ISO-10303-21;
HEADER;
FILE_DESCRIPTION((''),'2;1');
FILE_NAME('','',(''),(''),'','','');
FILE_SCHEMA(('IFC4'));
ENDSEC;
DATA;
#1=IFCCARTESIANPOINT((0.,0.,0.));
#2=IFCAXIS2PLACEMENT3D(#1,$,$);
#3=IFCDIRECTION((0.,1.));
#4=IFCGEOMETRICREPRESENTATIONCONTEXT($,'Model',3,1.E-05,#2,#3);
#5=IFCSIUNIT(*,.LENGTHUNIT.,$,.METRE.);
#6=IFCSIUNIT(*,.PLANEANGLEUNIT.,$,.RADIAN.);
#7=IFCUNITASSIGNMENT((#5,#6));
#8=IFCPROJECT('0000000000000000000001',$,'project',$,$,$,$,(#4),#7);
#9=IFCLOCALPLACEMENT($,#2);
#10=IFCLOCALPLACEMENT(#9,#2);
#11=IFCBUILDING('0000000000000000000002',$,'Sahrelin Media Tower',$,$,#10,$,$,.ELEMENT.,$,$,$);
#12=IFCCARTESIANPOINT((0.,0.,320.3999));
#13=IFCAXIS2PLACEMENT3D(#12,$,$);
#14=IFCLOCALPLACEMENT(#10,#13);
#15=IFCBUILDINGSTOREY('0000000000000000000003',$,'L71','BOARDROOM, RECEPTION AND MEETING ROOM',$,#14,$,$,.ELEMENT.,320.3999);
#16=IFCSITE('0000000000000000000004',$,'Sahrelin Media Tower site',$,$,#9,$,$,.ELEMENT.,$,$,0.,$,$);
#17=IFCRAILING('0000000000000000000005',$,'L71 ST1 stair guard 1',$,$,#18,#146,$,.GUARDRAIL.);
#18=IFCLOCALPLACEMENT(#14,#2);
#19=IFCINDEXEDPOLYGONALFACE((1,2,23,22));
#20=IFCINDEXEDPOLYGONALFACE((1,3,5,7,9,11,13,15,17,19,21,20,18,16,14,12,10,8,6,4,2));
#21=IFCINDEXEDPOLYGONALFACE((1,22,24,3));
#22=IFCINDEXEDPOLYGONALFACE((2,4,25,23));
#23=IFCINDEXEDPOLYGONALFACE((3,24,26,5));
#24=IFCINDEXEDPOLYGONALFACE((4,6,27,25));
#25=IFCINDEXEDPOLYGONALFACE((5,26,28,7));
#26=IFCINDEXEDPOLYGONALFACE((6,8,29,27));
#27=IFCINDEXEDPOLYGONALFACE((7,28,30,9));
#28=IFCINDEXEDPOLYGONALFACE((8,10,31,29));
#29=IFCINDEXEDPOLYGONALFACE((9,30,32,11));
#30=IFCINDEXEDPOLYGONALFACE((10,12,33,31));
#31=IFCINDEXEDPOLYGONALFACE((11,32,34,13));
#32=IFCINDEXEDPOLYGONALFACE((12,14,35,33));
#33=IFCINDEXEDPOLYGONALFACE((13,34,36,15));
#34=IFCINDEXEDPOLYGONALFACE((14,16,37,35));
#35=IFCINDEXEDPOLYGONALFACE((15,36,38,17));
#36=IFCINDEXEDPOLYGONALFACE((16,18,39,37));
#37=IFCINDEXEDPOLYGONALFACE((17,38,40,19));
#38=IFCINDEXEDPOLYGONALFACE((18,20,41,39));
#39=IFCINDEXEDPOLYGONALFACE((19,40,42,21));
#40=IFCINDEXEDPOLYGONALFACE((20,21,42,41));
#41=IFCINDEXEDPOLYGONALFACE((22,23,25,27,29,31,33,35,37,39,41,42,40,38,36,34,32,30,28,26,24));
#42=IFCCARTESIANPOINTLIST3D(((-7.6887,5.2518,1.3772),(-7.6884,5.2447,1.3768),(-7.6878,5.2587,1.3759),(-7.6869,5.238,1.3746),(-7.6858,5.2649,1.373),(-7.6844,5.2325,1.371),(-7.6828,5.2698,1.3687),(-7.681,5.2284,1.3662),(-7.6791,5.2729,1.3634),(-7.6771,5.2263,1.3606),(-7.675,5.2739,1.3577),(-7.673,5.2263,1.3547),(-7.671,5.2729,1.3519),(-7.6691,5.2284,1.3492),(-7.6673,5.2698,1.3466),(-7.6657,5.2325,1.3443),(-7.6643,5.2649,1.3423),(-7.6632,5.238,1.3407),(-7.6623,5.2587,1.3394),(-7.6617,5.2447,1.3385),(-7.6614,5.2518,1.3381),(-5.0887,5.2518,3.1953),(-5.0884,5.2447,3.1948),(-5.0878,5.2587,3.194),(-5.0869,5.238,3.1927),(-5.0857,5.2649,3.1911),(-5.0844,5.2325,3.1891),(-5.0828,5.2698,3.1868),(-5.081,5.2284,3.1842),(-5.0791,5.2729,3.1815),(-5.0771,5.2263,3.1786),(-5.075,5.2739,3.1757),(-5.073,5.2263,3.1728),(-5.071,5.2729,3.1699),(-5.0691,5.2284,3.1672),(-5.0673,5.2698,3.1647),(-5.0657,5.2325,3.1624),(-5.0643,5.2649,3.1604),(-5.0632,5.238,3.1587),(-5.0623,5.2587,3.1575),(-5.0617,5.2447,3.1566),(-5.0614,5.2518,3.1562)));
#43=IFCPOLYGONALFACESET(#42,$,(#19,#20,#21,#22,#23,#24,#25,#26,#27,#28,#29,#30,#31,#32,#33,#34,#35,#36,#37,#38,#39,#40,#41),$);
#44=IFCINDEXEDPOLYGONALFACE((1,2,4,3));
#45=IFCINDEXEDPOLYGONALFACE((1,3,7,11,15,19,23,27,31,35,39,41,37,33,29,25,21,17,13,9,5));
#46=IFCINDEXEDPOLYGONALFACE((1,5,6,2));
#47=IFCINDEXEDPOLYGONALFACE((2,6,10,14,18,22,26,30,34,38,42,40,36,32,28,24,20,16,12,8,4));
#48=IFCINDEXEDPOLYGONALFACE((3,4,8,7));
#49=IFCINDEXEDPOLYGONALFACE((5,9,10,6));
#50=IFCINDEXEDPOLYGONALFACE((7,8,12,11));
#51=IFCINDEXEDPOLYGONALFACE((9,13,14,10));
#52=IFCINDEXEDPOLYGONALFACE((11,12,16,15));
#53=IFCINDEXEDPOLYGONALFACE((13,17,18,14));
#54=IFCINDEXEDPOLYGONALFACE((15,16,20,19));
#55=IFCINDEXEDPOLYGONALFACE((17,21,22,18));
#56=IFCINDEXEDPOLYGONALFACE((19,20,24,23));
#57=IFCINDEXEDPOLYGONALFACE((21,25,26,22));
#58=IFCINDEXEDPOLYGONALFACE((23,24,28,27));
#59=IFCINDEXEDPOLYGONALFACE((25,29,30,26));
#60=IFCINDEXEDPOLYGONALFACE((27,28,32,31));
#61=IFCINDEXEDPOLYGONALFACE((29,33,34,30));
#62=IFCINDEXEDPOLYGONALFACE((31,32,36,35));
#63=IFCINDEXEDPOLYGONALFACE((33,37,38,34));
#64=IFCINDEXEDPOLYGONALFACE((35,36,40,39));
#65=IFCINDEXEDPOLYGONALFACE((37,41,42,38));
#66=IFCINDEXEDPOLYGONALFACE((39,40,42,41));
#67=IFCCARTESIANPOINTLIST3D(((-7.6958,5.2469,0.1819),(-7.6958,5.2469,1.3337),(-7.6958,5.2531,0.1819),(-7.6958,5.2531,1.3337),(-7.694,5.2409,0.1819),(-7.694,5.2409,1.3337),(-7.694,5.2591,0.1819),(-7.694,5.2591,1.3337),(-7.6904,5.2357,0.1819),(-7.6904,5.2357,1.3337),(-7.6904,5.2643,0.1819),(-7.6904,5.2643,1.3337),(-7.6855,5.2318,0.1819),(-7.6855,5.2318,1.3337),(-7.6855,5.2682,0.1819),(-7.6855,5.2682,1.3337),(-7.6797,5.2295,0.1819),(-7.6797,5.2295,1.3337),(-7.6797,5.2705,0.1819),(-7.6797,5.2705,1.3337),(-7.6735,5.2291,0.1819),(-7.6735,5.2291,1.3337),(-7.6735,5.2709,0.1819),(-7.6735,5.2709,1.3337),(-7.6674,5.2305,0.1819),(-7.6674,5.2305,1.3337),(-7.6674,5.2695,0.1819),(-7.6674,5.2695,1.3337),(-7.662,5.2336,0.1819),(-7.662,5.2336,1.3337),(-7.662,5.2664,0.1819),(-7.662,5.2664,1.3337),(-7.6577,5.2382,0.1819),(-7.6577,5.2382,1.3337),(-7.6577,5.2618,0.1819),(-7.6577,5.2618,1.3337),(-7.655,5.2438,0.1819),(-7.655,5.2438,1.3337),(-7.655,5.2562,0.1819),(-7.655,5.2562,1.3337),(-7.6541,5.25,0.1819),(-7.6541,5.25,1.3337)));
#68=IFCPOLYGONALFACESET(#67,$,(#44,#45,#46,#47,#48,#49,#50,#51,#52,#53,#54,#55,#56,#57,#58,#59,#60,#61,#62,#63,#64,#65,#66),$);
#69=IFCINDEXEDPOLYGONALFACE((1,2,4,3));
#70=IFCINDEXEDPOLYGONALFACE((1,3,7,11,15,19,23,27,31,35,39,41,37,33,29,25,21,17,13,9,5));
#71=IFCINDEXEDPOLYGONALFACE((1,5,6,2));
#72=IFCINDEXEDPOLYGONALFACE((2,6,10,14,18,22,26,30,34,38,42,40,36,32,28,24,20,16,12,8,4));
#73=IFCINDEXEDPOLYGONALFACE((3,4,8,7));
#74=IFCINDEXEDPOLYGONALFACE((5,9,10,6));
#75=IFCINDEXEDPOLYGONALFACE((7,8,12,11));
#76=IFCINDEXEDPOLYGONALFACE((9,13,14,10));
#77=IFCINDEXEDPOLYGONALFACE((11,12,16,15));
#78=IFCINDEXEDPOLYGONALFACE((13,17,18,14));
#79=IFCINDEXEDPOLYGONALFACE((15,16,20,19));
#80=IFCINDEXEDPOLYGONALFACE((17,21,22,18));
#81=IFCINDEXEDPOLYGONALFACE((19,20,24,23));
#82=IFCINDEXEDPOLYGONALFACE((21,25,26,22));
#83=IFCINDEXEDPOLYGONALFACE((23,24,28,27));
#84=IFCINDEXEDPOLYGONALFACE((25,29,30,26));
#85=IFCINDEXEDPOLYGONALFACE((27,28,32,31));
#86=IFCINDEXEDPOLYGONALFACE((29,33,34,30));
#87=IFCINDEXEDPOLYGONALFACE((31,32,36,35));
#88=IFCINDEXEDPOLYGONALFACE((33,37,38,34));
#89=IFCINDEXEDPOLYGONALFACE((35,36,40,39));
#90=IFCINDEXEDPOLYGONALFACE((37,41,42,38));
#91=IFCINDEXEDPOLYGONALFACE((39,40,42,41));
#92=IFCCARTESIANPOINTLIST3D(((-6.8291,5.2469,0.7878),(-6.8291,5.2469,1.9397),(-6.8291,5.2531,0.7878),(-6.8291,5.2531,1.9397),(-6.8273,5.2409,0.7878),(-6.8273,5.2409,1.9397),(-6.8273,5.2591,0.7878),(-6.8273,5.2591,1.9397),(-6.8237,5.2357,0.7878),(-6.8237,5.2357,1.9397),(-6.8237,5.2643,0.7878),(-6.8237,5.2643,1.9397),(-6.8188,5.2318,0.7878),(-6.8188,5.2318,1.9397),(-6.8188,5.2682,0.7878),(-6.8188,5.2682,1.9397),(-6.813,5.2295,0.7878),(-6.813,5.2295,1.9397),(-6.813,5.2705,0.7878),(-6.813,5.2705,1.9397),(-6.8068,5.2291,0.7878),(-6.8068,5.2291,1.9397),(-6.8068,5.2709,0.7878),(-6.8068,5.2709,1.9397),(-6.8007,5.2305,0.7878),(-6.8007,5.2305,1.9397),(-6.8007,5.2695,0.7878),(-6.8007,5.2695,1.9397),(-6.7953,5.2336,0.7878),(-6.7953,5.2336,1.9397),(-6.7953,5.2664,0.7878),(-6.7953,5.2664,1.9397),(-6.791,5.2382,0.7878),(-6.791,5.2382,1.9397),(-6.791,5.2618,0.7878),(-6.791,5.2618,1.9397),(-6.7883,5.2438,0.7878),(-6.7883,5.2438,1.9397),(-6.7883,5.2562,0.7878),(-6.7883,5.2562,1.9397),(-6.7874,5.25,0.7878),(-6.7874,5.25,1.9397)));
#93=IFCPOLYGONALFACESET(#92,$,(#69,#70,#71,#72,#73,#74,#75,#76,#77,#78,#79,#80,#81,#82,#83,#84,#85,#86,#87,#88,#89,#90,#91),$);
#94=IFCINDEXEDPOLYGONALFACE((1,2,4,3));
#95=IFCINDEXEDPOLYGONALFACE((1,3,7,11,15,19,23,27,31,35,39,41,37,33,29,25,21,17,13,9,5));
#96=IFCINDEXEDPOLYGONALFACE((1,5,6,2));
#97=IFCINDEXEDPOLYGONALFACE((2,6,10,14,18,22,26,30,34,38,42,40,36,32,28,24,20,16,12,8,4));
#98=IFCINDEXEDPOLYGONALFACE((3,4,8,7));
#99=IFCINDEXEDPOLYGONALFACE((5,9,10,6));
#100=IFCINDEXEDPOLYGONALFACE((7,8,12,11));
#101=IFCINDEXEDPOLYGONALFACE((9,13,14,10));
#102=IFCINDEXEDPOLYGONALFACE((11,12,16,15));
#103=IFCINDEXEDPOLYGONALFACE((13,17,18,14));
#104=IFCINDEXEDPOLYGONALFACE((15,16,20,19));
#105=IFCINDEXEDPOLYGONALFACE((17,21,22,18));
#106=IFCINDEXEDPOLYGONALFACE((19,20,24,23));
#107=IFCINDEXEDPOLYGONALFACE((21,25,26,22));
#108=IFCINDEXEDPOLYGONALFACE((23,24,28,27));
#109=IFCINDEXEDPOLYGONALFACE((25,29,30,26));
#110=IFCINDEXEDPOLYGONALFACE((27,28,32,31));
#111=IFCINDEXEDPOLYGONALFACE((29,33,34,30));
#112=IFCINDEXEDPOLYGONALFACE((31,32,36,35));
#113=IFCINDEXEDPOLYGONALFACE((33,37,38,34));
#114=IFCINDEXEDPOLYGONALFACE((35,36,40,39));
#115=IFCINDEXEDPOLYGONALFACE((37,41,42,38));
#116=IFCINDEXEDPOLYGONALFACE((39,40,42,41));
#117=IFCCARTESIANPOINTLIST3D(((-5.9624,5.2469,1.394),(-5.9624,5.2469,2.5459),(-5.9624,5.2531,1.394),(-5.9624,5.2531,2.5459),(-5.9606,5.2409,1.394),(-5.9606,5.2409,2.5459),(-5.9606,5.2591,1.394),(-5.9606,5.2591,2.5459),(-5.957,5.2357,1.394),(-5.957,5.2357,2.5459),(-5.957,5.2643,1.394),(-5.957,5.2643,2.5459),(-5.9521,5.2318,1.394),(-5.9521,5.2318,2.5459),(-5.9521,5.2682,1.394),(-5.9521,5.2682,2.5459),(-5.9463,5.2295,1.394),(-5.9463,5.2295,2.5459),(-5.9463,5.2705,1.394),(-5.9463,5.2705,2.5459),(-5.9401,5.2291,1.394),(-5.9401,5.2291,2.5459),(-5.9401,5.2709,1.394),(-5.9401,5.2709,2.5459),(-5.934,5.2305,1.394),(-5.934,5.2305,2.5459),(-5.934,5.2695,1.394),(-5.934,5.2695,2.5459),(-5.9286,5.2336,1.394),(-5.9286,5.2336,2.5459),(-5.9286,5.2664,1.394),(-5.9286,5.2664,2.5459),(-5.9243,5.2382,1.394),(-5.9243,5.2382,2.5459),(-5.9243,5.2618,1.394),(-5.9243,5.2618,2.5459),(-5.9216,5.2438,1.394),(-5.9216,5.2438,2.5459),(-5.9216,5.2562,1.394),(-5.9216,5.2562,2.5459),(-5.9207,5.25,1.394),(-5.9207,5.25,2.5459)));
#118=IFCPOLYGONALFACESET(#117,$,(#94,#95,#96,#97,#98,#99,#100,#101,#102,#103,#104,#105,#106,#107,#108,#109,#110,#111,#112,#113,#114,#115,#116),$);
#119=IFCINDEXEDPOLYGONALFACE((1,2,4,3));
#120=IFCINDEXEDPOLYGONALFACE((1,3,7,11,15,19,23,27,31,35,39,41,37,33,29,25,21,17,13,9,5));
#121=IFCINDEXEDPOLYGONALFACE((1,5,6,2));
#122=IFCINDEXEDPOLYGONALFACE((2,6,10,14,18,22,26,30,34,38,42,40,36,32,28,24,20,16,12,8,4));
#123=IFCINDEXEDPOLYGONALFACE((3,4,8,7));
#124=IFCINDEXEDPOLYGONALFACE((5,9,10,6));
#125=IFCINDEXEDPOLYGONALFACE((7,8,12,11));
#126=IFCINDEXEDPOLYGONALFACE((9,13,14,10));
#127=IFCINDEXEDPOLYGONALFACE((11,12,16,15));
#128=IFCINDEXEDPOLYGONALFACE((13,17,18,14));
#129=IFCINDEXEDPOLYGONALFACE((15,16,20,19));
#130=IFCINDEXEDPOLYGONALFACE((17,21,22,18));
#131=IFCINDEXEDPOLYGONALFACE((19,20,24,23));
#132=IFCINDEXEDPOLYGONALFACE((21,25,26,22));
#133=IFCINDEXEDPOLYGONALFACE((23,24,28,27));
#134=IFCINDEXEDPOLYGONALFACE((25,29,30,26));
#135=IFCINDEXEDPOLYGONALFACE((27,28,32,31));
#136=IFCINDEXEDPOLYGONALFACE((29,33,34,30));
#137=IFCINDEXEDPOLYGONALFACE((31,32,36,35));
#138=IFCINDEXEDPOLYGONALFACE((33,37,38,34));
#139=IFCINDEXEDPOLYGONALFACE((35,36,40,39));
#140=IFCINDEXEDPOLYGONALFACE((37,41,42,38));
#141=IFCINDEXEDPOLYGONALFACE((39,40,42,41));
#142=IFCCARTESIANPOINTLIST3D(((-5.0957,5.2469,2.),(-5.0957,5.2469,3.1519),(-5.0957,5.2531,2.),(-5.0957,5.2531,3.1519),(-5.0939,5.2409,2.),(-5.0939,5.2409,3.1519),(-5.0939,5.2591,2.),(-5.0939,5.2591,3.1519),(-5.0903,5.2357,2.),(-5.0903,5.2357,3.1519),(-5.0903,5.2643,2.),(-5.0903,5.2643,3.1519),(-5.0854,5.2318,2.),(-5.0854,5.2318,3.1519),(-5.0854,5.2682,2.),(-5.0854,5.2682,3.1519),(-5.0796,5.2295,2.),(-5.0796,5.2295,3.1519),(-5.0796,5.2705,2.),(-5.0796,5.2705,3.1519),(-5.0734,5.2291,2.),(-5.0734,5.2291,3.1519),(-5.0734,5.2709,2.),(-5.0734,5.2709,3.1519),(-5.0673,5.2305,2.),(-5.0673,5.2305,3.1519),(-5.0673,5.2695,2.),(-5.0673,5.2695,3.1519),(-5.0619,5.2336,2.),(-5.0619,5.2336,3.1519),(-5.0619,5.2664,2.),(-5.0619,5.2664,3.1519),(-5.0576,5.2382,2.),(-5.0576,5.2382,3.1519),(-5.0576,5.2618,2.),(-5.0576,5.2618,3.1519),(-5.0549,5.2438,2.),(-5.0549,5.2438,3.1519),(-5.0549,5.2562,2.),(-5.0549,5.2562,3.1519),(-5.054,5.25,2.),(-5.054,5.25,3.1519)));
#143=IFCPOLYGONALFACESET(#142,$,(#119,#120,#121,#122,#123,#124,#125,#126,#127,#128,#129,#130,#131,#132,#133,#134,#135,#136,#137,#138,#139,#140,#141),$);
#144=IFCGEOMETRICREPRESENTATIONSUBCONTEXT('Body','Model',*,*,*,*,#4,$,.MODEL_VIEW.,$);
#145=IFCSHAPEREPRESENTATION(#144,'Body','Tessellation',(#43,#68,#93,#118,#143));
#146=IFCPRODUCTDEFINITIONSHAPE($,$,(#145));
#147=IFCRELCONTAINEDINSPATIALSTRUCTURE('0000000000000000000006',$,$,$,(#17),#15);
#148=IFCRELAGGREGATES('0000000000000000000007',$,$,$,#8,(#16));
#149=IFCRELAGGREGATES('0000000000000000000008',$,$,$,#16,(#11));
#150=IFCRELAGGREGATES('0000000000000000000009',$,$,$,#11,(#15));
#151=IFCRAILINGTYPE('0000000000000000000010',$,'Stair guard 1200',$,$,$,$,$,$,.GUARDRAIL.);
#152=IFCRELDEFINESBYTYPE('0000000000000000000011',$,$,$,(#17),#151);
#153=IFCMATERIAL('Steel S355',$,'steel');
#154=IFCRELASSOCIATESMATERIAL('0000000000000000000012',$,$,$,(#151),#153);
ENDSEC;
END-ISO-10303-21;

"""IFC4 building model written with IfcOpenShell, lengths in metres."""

from ifc_helpers import new_model, si_unit, direction, frame, origin, origin_2d, place, context, subcontext, project, spatial, circle, extrude, material, type_object, element, save


model = new_model("IFC4")

# Units and contexts
model_context = context("Model", 3, precision=1e-05, world=origin(), true_north=direction((0.0, 1.0)))
body_context = subcontext(model_context, "Body", "Model", "MODEL_VIEW")
ifc_project = project(units=[si_unit("LENGTHUNIT", "METRE"), si_unit("PLANEANGLEUNIT", "RADIAN")], contexts=[model_context])

# Site, building, storey
site_placement = place(None, origin())
site = spatial("IfcSite", under=ifc_project, at=site_placement, Name="Sahrelin Media Tower site", CompositionType="ELEMENT", RefElevation=0.0)
building_placement = place(site_placement, origin())
building = spatial("IfcBuilding", under=site, at=building_placement, Name="Sahrelin Media Tower", CompositionType="ELEMENT")
storey_placement = place(building_placement, frame((0.0, 0.0, 320.3999)))
storey = spatial("IfcBuildingStorey", under=building, at=storey_placement, Name="L71", Description="BOARDROOM, RECEPTION AND MEETING ROOM", CompositionType="ELEMENT", Elevation=320.3999)

# Shared definitions
ifc_material_1 = material(Name="Steel S355", Category="steel")

# Railing
railing_type_1 = type_object("IfcRailingType", Name="Stair guard 1200", PredefinedType="GUARDRAIL", material=ifc_material_1)
railing_1_placement = place(storey_placement, frame((-7.675, 5.25, 0.1819)))
element("IfcRailing", 1, at=railing_1_placement, inside=storey, type_object=railing_type_1, Name="L71 ST1 stair guard 1", PredefinedType="GUARDRAIL", context=body_context, shape_type="SweptSolid", body=[
    extrude(circle(Radius=0.0239, at=origin_2d()), frame((0.0, 0.0, 1.1758), z_axis=(0.819521, 0.0, 0.573049), x_axis=(0.0, 1.0, 0.0)), (0.0, 0.0, 1.0), 3.1726),
    extrude(circle(Radius=0.021, at=origin_2d()), origin(), (0.0, 0.0, 1.0), 1.1519),
    extrude(circle(Radius=0.021, at=origin_2d()), frame((0.8667, 0.0, 0.606)), (0.0, 0.0, 1.0), 1.1519),
    extrude(circle(Radius=0.021, at=origin_2d()), frame((1.7334, 0.0, 1.2122)), (0.0, 0.0, 1.0), 1.1519),
    extrude(circle(Radius=0.021, at=origin_2d()), frame((2.6001, 0.0, 1.8181)), (0.0, 0.0, 1.0), 1.1519),
])

save(model, "model.ifc")
